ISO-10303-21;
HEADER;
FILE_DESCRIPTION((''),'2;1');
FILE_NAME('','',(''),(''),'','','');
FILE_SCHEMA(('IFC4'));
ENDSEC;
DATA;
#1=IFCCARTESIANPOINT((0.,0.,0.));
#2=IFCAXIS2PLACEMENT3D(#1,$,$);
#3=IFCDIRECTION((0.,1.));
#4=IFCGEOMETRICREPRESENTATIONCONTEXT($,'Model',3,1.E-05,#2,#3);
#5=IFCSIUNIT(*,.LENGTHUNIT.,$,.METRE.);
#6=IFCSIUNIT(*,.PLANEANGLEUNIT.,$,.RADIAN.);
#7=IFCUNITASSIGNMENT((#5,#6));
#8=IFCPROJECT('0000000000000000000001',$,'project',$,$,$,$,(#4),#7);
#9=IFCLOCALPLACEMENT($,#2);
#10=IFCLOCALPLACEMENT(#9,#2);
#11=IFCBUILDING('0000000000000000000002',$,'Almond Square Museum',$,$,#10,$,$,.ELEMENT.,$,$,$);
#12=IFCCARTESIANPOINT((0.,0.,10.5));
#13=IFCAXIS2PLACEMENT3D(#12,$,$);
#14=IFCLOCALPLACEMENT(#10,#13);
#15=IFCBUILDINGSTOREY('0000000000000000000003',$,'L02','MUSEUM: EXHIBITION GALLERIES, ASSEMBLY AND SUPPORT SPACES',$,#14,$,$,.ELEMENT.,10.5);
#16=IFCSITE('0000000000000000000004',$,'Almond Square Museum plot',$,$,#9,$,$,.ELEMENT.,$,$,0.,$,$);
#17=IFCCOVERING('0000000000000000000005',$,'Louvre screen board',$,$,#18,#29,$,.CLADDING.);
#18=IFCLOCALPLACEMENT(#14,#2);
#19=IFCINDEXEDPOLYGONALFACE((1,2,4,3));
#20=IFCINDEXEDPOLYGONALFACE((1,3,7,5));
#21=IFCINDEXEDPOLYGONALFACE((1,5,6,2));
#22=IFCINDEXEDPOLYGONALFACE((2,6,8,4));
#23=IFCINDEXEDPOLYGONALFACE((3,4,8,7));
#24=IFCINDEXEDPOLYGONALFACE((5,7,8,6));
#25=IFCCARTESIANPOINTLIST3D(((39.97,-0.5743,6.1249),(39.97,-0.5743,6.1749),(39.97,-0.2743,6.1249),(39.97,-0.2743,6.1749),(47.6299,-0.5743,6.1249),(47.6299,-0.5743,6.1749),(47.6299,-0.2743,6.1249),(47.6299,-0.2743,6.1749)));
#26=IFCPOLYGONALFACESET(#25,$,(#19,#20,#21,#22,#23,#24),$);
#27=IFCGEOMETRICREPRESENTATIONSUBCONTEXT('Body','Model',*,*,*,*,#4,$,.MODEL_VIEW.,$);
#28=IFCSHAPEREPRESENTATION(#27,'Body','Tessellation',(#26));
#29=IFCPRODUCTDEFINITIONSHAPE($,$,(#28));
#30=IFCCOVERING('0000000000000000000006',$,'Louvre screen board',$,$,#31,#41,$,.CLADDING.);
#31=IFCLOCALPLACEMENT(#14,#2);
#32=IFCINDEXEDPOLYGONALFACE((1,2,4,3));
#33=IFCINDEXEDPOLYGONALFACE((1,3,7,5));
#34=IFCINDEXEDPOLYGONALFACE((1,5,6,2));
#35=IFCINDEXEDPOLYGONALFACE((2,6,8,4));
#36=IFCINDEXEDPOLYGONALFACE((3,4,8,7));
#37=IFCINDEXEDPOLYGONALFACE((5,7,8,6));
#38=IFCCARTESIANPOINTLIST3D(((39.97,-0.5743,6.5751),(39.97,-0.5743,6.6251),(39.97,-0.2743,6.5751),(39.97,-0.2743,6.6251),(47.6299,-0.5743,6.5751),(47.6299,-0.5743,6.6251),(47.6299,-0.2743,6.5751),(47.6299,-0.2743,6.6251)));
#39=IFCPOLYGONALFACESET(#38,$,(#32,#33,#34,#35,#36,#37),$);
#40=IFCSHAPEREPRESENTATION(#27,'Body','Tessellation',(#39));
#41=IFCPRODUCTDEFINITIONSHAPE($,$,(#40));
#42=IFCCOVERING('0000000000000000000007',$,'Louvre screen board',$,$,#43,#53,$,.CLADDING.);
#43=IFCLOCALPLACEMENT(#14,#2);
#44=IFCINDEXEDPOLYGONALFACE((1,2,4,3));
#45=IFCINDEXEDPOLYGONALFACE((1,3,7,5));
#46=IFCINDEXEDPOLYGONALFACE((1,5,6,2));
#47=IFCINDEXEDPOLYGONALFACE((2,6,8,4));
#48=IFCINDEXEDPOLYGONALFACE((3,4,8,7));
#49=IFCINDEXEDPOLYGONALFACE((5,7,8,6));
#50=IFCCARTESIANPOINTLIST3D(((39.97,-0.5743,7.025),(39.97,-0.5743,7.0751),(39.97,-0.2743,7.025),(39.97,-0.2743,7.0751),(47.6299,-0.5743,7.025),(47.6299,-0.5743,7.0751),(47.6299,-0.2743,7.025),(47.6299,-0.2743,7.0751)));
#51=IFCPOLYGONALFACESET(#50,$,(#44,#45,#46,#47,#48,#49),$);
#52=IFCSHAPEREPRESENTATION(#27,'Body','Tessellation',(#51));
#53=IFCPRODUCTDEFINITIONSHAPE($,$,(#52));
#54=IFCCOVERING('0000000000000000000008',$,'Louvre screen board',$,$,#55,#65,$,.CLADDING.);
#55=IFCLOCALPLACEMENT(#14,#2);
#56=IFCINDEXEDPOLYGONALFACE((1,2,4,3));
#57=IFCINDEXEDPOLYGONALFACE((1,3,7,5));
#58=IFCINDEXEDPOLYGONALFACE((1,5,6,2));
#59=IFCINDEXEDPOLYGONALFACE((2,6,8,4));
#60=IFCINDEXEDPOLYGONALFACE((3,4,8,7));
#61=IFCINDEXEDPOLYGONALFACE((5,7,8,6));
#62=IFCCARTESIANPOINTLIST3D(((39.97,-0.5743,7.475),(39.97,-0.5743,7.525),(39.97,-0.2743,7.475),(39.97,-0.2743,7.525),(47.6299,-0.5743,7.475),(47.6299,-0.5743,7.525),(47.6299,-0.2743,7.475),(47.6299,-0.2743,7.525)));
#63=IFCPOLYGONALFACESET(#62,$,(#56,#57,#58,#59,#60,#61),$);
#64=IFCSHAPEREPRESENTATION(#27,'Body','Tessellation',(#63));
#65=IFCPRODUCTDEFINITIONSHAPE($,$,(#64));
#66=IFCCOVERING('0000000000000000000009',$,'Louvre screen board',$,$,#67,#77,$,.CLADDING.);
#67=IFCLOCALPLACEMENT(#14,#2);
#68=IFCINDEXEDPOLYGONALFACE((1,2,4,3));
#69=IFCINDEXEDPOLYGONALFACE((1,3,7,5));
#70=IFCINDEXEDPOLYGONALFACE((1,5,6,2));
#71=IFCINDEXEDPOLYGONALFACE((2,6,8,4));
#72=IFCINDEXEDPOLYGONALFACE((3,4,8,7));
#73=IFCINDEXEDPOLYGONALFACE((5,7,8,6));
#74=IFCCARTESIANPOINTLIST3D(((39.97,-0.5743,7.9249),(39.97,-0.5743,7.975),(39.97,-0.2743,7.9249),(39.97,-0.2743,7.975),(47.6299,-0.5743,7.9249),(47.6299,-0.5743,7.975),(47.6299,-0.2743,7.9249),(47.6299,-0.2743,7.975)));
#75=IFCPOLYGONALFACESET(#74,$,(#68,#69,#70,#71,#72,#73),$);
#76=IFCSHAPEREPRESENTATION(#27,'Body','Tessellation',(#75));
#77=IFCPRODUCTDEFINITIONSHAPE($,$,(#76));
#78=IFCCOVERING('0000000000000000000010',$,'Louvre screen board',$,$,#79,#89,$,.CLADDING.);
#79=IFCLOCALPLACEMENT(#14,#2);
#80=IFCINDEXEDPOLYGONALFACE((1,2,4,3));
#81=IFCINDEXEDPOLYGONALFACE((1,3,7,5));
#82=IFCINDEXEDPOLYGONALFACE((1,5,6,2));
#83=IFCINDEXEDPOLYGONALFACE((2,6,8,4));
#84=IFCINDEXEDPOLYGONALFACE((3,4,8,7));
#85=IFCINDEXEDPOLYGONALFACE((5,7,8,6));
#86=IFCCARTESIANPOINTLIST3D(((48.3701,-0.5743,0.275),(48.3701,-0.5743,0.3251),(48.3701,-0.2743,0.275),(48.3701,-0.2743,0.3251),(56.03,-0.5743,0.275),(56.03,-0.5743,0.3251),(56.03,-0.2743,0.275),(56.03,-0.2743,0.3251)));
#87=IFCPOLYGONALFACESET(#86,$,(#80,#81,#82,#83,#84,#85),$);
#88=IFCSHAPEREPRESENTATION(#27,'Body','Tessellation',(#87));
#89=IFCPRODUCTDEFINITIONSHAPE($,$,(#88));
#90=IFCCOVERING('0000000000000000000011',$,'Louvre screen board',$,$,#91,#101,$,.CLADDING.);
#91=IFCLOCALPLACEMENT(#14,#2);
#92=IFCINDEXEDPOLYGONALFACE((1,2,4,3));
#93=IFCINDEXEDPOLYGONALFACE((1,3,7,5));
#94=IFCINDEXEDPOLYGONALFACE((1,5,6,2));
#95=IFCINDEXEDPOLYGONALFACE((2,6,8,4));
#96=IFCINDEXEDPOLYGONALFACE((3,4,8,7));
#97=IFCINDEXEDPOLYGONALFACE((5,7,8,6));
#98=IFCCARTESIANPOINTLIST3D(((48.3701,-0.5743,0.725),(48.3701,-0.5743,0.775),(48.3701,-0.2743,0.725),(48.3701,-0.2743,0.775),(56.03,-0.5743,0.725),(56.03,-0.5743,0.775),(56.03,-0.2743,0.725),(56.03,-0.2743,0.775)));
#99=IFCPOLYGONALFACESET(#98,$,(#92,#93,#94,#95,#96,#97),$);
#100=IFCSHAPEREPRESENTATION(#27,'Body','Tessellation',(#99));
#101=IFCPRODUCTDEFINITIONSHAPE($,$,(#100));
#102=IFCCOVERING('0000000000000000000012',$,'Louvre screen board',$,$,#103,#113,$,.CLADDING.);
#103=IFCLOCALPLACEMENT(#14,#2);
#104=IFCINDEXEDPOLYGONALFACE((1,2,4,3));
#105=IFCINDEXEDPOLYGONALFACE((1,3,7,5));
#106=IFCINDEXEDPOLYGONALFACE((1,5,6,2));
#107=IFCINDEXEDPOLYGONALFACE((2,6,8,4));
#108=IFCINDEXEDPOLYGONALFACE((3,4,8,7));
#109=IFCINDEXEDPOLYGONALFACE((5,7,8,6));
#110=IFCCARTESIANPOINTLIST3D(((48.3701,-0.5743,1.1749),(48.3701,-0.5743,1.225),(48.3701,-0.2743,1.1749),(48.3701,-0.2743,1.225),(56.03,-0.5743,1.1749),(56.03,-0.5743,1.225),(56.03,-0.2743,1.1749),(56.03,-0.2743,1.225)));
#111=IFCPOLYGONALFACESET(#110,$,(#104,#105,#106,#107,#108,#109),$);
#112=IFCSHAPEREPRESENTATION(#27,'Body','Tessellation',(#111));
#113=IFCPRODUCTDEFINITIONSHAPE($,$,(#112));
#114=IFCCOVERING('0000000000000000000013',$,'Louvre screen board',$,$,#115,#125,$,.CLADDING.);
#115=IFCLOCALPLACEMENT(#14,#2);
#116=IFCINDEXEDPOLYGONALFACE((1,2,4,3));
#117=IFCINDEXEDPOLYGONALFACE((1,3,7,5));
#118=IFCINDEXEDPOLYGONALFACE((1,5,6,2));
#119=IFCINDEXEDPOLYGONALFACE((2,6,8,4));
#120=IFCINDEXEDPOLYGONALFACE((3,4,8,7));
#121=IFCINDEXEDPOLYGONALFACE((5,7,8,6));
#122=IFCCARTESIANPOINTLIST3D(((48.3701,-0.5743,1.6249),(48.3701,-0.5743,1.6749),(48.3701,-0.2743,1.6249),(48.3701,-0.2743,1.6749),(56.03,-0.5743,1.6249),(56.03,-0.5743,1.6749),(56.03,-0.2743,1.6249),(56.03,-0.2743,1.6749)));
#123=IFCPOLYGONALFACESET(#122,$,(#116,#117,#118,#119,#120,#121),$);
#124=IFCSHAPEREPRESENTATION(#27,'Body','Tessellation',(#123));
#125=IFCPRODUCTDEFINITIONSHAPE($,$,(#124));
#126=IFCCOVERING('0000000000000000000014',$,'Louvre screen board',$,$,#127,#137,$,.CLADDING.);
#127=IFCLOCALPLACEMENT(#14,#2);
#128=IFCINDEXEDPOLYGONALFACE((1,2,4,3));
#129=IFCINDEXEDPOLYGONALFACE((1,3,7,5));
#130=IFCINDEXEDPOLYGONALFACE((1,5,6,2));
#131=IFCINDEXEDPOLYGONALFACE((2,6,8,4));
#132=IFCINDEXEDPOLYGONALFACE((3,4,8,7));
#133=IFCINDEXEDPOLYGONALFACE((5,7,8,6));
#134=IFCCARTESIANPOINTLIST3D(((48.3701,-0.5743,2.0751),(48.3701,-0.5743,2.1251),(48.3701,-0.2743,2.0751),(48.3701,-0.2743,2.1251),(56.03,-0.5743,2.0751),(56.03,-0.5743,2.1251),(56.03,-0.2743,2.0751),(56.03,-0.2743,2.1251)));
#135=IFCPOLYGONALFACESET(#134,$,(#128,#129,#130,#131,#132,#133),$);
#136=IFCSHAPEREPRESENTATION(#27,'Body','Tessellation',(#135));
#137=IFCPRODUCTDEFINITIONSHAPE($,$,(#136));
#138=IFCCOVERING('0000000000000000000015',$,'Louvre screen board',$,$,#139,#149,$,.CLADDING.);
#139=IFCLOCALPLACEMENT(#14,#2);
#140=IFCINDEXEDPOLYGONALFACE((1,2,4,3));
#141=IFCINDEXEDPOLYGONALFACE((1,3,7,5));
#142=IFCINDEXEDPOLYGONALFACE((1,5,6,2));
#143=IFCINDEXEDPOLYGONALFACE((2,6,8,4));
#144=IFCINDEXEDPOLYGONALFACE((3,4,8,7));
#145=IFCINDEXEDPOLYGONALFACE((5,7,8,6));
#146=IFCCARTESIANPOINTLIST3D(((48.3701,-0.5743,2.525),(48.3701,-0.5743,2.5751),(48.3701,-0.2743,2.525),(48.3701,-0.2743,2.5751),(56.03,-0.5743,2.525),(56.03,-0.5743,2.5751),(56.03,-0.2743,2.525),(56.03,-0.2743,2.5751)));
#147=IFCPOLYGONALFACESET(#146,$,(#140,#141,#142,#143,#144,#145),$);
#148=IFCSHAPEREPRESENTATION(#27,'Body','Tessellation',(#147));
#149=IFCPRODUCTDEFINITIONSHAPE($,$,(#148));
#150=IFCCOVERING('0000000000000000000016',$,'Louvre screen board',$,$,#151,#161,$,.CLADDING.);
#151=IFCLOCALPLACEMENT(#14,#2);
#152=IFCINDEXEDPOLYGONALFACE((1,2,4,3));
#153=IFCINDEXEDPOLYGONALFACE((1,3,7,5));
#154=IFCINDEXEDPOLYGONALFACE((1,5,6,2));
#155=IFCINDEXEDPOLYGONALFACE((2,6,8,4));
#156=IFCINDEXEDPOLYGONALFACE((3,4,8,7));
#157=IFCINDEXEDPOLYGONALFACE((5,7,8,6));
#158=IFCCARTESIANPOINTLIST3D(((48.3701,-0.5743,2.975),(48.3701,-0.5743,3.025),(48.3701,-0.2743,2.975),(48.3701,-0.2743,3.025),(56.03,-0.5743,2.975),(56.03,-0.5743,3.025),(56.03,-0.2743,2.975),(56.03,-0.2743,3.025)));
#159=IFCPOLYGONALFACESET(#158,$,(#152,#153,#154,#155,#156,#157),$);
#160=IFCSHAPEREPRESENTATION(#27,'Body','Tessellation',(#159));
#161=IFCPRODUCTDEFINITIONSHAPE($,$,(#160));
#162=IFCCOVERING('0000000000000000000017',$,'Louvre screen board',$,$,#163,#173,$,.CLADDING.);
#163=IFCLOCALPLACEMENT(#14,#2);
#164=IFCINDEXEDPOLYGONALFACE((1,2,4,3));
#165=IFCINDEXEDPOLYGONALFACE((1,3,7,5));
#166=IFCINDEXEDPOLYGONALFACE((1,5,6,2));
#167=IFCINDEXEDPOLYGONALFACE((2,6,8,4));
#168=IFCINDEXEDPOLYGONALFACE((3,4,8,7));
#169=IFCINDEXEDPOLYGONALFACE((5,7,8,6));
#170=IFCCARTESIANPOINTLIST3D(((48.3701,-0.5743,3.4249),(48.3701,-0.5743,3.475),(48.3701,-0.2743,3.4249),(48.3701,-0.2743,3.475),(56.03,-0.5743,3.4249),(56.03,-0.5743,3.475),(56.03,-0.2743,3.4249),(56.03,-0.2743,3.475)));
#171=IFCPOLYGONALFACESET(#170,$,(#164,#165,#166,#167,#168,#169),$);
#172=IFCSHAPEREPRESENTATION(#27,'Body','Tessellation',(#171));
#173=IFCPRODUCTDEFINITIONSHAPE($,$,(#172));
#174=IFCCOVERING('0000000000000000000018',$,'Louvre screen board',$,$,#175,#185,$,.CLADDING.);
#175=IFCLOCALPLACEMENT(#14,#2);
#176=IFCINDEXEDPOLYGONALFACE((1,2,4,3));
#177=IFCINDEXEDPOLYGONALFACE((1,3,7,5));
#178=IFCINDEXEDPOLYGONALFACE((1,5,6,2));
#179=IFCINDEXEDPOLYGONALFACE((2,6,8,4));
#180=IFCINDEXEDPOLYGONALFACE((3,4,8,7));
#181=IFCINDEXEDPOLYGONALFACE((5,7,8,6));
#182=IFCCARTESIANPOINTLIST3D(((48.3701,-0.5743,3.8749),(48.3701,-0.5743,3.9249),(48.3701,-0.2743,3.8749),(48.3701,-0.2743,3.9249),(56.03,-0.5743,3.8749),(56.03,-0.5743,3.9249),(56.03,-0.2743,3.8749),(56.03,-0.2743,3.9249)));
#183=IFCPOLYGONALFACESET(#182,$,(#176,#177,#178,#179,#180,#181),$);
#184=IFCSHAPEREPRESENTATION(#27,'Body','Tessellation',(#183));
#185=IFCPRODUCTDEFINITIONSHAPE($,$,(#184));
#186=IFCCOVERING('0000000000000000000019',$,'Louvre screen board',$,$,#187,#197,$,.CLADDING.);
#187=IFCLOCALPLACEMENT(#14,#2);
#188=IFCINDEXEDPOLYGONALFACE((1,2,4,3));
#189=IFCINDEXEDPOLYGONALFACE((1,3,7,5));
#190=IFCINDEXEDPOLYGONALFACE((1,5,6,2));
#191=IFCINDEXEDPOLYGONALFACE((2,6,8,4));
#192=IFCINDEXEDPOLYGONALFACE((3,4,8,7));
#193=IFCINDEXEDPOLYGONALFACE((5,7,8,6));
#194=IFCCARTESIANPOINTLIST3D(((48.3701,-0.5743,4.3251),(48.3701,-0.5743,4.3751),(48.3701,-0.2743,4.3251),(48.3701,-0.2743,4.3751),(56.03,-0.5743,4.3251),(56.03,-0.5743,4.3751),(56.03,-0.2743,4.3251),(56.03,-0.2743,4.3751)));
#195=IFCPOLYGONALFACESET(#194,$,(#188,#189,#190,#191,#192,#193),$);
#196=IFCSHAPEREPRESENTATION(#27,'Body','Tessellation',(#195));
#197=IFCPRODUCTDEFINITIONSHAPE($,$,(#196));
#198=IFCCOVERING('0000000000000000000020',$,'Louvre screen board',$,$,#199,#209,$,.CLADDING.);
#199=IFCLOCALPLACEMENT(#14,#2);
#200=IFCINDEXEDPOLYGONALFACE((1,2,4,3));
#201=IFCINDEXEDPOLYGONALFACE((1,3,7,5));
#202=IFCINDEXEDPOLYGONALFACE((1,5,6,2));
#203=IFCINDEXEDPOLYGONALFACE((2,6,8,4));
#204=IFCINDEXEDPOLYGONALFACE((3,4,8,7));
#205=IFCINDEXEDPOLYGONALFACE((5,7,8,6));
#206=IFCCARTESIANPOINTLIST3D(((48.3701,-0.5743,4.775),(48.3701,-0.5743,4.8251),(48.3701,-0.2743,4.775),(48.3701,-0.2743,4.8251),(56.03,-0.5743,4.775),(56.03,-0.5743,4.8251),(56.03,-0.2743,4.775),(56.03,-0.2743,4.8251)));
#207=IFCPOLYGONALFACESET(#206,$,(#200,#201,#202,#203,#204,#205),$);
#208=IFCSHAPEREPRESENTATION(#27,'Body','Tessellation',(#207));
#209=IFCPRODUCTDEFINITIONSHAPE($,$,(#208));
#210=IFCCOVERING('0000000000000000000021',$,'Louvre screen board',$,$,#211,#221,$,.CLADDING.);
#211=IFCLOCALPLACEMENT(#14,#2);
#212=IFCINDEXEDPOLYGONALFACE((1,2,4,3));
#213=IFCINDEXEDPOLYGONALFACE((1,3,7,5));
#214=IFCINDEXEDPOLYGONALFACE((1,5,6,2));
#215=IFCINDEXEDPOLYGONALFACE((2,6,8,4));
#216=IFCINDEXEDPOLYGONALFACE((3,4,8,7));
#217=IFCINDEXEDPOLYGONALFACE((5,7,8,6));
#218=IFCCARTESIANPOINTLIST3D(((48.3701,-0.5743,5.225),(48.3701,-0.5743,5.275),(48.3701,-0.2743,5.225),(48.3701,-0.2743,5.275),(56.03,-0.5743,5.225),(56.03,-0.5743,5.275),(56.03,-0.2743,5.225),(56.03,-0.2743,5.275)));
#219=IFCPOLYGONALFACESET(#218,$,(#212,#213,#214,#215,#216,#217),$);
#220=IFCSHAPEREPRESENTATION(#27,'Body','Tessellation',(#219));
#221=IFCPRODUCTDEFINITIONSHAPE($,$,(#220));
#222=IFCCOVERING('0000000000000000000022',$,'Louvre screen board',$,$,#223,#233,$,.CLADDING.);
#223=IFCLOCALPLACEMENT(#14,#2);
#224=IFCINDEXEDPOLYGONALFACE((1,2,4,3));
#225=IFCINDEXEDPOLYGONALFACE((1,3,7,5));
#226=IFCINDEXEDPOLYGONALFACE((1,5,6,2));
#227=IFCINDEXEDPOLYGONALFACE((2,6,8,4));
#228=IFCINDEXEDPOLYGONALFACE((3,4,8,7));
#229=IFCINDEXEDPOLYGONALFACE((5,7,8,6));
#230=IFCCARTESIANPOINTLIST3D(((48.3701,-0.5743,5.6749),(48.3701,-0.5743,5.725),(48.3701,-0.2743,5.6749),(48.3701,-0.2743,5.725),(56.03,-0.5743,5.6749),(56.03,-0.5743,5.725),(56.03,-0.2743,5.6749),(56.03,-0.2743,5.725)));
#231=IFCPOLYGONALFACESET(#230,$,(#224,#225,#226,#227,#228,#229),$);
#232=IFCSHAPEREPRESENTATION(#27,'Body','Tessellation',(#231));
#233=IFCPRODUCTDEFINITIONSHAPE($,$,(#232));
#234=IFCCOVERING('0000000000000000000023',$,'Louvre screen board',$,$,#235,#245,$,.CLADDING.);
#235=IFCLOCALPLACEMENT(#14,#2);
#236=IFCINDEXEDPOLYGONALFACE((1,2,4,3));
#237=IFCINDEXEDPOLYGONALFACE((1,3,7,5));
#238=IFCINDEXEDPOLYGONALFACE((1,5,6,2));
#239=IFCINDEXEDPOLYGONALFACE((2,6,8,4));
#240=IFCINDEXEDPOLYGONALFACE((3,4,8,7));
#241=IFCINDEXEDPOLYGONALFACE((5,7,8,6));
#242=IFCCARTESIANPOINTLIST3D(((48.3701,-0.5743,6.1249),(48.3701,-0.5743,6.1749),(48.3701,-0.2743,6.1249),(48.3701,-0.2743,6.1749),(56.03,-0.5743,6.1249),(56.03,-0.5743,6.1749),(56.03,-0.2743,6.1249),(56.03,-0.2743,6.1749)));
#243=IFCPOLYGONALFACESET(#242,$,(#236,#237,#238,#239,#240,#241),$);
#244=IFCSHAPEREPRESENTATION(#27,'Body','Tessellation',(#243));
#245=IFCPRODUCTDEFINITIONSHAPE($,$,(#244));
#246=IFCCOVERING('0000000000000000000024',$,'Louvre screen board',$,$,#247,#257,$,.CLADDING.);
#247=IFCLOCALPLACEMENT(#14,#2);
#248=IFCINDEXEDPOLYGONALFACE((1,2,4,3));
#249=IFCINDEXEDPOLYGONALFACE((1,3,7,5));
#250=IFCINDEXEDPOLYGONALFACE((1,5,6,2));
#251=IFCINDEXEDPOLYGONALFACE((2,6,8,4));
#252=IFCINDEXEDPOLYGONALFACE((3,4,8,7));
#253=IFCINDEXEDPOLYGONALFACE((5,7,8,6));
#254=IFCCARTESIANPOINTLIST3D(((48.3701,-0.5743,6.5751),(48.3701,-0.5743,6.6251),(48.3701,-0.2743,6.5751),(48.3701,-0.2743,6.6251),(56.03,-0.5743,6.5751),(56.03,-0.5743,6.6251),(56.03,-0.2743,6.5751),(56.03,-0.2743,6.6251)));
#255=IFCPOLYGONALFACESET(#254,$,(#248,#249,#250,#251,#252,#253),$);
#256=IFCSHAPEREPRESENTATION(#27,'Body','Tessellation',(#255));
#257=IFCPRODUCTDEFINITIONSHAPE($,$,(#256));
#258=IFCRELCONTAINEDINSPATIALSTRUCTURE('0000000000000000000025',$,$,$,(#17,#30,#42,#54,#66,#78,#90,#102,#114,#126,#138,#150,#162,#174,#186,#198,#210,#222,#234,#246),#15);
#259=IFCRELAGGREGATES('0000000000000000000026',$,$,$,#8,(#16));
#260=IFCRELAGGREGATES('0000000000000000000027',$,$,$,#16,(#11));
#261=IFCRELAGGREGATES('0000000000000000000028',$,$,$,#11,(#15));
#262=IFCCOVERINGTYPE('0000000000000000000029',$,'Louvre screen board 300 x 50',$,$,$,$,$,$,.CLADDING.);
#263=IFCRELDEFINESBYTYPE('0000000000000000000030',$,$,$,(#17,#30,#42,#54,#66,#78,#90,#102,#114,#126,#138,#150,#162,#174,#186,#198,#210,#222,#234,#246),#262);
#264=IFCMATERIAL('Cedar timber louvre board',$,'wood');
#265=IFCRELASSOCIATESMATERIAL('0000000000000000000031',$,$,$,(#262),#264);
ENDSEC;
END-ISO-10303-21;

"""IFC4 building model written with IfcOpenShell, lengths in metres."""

from ifc_helpers import new_model, si_unit, direction, frame, origin, origin_2d, place, context, subcontext, project, spatial, rectangle, extrude, material, material_profile, profile_set, type_object, element, save


model = new_model("IFC4")

# Units and contexts
model_context = context("Model", 3, precision=1e-05, world=origin(), true_north=direction((0.0, 1.0)))
body_context = subcontext(model_context, "Body", "Model", "MODEL_VIEW")
ifc_project = project(units=[si_unit("LENGTHUNIT", "METRE"), si_unit("PLANEANGLEUNIT", "RADIAN")], contexts=[model_context])

# Site, building, storey
site_placement = place(None, origin())
site = spatial("IfcSite", under=ifc_project, at=site_placement, Name="Almond Square Museum plot", CompositionType="ELEMENT", RefElevation=0.0)
building_placement = place(site_placement, origin())
building = spatial("IfcBuilding", under=site, at=building_placement, Name="Almond Square Museum", CompositionType="ELEMENT")
storey_placement = place(building_placement, frame((0.0, 0.0, 10.5)))
storey = spatial("IfcBuildingStorey", under=building, at=storey_placement, Name="L02", Description="MUSEUM: EXHIBITION GALLERIES, ASSEMBLY AND SUPPORT SPACES", CompositionType="ELEMENT", Elevation=10.5)

# Coverings
ifc_material_1 = material(Name="Cedar timber louvre board", Category="wood")
ifc_material_profile_1 = material_profile(ifc_material_1, rectangle(XDim=0.3, YDim=0.05, at=origin_2d()))
ifc_profile_set_1 = profile_set([ifc_material_profile_1], Name="Cedar timber louvre board")
covering_type = type_object("IfcCoveringType", Name="Louvre screen board 300 x 50", PredefinedType="CLADDING", material=ifc_profile_set_1)
for number, where, z_axis, x_axis, name in (
    (1, (39.97, -0.4243, 6.1499), (1.0, 0.0, 0.0), (0.0, 1.0, 0.0), "Louvre screen board"),
    (2, (39.97, -0.4243, 6.6001), (1.0, 0.0, 0.0), (0.0, 1.0, 0.0), "Louvre screen board"),
    (3, (39.97, -0.4243, 7.05), (1.0, 0.0, 0.0), (0.0, 1.0, 0.0), "Louvre screen board"),
    (4, (39.97, -0.4243, 7.5), (1.0, 0.0, 0.0), (0.0, 1.0, 0.0), "Louvre screen board"),
    (5, (39.97, -0.4243, 7.95), (1.0, 0.0, 0.0), (0.0, 1.0, 0.0), "Louvre screen board"),
    (6, (48.3701, -0.4243, 0.3), (1.0, 0.0, 0.0), (0.0, 1.0, 0.0), "Louvre screen board"),
    (7, (48.3701, -0.4243, 0.75), (1.0, 0.0, 0.0), (0.0, 1.0, 0.0), "Louvre screen board"),
    (8, (48.3701, -0.4243, 1.2), (1.0, 0.0, 0.0), (0.0, 1.0, 0.0), "Louvre screen board"),
    (9, (48.3701, -0.4243, 1.6499), (1.0, 0.0, 0.0), (0.0, 1.0, 0.0), "Louvre screen board"),
    (10, (48.3701, -0.4243, 2.1001), (1.0, 0.0, 0.0), (0.0, 1.0, 0.0), "Louvre screen board"),
    (11, (48.3701, -0.4243, 2.55), (1.0, 0.0, 0.0), (0.0, 1.0, 0.0), "Louvre screen board"),
    (12, (48.3701, -0.4243, 3.0), (1.0, 0.0, 0.0), (0.0, 1.0, 0.0), "Louvre screen board"),
    (13, (48.3701, -0.4243, 3.45), (1.0, 0.0, 0.0), (0.0, 1.0, 0.0), "Louvre screen board"),
    (14, (48.3701, -0.4243, 3.8999), (1.0, 0.0, 0.0), (0.0, 1.0, 0.0), "Louvre screen board"),
    (15, (48.3701, -0.4243, 4.3501), (1.0, 0.0, 0.0), (0.0, 1.0, 0.0), "Louvre screen board"),
    (16, (48.3701, -0.4243, 4.8), (1.0, 0.0, 0.0), (0.0, 1.0, 0.0), "Louvre screen board"),
    (17, (48.3701, -0.4243, 5.25), (1.0, 0.0, 0.0), (0.0, 1.0, 0.0), "Louvre screen board"),
    (18, (48.3701, -0.4243, 5.7), (1.0, 0.0, 0.0), (0.0, 1.0, 0.0), "Louvre screen board"),
    (19, (48.3701, -0.4243, 6.1499), (1.0, 0.0, 0.0), (0.0, 1.0, 0.0), "Louvre screen board"),
    (20, (48.3701, -0.4243, 6.6001), (1.0, 0.0, 0.0), (0.0, 1.0, 0.0), "Louvre screen board"),
):
    element("IfcCovering", number, at=place(storey_placement, frame(where, z_axis=z_axis, x_axis=x_axis)), inside=storey, type_object=covering_type, Name=name, PredefinedType="CLADDING", context=body_context, shape_type="SweptSolid", body=[
        extrude(rectangle(XDim=0.3, YDim=0.05, at=origin_2d()), origin(), (0.0, 0.0, 1.0), 7.6599),
    ])

save(model, "model.ifc")
